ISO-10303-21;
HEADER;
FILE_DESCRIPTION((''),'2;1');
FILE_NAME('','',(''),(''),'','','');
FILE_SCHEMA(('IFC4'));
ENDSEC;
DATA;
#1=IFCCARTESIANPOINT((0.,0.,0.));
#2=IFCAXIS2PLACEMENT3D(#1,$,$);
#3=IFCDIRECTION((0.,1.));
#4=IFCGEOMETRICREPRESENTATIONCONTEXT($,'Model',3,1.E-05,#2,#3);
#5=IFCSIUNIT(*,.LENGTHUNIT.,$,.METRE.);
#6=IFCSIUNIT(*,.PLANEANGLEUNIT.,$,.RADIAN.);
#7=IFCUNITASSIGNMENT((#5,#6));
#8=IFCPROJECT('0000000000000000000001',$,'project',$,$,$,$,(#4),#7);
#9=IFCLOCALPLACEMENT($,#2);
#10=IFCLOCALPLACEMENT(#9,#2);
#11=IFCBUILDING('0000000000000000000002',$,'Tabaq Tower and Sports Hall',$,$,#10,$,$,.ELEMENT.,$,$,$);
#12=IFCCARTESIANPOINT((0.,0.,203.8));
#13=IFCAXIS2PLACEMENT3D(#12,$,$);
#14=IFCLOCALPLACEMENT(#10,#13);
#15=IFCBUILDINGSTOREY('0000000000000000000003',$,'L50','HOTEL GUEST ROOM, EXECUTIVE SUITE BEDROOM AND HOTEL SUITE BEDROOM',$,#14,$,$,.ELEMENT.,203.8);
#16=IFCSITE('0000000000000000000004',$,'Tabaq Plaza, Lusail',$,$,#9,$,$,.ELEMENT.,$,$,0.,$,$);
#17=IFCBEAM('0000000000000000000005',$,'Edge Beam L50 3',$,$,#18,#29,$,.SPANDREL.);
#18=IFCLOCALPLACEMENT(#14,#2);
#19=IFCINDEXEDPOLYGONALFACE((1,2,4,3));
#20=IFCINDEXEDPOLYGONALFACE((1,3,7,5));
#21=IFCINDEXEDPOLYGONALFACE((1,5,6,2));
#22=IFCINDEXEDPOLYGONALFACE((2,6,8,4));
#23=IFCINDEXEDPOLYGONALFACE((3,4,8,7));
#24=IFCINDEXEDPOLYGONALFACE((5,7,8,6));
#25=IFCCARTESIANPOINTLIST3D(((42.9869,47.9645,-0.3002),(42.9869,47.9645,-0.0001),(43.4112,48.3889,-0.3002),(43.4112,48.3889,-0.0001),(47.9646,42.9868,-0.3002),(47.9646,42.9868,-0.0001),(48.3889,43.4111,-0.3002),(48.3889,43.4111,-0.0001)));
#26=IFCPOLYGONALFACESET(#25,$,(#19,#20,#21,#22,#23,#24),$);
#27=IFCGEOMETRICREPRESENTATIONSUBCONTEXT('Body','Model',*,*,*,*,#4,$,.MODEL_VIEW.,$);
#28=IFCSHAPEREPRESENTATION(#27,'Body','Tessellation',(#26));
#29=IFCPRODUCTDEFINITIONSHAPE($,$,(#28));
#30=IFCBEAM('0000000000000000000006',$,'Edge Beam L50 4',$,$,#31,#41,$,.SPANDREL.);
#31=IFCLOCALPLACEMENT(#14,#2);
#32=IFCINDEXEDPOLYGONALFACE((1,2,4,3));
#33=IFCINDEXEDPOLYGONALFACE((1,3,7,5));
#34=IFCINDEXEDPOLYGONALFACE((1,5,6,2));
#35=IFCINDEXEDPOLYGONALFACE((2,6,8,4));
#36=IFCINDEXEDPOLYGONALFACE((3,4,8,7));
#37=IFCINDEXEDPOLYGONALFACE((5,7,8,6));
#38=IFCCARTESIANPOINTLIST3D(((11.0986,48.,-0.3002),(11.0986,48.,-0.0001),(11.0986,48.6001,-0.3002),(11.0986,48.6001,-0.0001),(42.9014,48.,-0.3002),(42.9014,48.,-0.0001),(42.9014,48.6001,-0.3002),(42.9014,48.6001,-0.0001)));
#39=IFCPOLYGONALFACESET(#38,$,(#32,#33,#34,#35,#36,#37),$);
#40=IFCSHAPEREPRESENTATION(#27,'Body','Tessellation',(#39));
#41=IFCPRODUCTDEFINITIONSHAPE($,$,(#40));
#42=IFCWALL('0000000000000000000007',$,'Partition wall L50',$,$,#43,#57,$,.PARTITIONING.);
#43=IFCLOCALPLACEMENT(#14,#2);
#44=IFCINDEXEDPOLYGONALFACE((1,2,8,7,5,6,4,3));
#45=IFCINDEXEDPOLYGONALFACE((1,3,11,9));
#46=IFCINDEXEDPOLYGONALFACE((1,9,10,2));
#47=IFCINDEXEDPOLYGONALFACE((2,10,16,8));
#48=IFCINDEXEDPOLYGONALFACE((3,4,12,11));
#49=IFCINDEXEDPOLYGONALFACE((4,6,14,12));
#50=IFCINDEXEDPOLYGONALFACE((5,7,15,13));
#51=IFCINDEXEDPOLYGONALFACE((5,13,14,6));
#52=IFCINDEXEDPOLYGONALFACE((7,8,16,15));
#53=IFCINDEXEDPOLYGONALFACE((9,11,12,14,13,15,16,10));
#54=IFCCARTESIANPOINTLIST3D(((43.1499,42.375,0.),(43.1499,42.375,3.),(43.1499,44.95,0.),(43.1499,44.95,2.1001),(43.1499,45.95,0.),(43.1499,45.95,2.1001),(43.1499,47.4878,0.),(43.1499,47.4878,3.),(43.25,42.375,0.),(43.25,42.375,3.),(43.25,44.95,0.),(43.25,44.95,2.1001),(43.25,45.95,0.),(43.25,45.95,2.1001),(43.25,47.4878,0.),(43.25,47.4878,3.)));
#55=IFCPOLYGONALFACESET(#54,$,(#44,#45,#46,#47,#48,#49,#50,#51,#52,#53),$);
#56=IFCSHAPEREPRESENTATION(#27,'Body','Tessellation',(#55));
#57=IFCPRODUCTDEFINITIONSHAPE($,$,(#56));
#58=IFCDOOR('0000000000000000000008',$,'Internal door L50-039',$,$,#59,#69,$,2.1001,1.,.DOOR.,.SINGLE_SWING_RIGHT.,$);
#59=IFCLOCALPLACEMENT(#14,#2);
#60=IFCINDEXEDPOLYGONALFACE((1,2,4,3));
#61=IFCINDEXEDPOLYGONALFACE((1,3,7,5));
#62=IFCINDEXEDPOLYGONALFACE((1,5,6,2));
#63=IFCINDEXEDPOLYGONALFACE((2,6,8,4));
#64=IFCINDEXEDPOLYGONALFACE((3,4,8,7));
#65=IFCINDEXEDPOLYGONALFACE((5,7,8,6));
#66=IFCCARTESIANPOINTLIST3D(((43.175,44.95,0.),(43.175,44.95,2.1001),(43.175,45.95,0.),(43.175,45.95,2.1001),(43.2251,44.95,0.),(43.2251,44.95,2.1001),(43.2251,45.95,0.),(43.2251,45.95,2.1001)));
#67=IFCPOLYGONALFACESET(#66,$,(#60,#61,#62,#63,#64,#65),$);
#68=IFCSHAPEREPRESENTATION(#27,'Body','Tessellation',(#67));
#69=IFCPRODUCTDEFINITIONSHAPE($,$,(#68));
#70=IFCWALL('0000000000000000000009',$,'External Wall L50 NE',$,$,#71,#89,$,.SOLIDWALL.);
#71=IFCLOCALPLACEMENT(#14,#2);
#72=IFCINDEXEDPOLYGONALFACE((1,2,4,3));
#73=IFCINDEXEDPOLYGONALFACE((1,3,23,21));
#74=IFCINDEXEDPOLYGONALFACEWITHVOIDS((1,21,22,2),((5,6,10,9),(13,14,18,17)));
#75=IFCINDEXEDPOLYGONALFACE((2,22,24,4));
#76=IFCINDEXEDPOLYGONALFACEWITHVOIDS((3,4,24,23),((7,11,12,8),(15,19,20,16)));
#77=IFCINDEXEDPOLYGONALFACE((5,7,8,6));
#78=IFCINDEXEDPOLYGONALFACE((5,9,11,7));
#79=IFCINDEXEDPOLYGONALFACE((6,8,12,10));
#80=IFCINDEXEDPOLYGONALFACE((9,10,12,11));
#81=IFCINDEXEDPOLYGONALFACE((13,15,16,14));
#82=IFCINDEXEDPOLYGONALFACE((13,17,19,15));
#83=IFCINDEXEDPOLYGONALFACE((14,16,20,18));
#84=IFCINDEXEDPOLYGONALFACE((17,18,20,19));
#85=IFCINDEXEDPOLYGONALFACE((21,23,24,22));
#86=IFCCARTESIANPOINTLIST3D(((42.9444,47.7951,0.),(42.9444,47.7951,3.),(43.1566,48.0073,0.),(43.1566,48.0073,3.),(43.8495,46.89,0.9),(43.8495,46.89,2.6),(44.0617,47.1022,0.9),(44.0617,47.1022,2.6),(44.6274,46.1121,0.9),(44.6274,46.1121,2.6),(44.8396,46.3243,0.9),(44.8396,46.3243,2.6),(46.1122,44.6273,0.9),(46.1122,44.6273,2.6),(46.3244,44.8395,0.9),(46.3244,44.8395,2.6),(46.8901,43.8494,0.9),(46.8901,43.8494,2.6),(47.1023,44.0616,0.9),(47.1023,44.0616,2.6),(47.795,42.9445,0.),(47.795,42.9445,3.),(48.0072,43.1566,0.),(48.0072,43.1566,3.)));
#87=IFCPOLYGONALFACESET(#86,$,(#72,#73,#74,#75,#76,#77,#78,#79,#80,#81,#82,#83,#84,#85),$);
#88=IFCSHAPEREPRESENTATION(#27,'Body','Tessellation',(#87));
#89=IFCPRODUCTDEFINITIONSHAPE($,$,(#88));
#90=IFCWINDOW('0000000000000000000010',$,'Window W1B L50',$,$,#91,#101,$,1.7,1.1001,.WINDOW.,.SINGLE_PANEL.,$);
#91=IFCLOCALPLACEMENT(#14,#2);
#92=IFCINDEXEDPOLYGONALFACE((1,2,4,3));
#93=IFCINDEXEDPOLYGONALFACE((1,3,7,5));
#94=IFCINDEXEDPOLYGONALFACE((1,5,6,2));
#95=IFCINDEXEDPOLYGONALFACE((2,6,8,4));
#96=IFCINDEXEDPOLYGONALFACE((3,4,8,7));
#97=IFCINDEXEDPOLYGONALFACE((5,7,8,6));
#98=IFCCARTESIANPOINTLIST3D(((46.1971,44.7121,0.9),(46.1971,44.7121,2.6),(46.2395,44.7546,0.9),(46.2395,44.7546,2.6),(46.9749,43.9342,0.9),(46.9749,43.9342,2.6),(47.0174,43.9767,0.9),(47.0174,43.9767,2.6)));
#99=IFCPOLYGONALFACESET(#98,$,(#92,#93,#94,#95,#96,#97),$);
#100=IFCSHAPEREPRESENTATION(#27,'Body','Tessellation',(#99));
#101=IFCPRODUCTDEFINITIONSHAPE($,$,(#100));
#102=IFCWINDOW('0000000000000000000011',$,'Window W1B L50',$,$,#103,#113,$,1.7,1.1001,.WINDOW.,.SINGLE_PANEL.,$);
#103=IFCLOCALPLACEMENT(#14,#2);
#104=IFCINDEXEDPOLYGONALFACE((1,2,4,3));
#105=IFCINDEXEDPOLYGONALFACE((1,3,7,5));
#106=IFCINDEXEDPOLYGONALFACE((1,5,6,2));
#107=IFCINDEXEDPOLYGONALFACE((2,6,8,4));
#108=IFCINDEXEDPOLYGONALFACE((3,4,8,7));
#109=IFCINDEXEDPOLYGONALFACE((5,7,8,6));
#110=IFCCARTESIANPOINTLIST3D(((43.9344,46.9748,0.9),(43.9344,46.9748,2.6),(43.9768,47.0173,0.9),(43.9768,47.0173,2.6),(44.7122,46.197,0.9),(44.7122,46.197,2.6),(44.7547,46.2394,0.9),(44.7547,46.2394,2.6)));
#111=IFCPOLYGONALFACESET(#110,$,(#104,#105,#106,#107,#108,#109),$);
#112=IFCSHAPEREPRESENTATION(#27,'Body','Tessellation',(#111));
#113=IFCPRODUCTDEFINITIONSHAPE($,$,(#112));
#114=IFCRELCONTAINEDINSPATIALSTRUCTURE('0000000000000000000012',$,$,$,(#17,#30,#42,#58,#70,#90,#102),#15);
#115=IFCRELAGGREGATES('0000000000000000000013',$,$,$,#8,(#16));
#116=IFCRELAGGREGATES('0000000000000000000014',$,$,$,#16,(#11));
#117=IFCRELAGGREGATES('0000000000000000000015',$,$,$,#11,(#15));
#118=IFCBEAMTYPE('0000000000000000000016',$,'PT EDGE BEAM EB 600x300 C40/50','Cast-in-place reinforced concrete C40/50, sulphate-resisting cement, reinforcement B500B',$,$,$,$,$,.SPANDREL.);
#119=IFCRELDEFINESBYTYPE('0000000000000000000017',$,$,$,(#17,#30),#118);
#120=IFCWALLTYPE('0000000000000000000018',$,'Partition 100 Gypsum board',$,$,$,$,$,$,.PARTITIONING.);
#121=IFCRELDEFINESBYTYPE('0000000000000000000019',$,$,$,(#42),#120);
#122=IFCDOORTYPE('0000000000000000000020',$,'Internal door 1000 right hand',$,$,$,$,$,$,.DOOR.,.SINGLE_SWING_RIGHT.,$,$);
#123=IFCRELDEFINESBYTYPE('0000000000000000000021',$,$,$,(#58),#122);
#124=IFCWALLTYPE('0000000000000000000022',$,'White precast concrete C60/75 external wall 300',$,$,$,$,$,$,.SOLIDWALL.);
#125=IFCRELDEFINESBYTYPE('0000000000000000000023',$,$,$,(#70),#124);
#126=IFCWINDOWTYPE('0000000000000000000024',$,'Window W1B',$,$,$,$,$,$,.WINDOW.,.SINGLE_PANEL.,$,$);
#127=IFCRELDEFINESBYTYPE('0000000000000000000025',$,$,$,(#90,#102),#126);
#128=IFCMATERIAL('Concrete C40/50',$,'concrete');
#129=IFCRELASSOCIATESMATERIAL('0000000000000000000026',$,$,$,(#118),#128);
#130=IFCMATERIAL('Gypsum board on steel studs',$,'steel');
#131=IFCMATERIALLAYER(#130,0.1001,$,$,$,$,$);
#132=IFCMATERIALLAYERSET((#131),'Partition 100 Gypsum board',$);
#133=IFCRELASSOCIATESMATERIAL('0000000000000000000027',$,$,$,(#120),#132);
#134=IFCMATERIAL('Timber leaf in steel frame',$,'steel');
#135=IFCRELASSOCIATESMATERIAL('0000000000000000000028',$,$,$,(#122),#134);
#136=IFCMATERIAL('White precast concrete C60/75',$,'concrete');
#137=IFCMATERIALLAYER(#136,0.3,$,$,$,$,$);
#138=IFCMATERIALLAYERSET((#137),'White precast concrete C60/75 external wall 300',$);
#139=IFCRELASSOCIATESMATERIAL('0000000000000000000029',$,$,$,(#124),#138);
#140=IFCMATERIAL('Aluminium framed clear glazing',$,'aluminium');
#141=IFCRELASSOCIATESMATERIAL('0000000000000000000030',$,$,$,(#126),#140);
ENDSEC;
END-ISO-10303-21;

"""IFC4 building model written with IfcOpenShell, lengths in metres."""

from ifc_helpers import new_model, si_unit, direction, frame, frame_2d, origin, origin_2d, place, context, subcontext, project, spatial, rectangle, extrude, material, layer, layer_set, material_profile, profile_set, type_object, element, fill, save


model = new_model("IFC4")

# Units and contexts
model_context = context("Model", 3, precision=1e-05, world=origin(), true_north=direction((0.0, 1.0)))
body_context = subcontext(model_context, "Body", "Model", "MODEL_VIEW")
ifc_project = project(units=[si_unit("LENGTHUNIT", "METRE"), si_unit("PLANEANGLEUNIT", "RADIAN")], contexts=[model_context])

# Site, building, storey
site_placement = place(None, origin())
site = spatial("IfcSite", under=ifc_project, at=site_placement, Name="Tabaq Plaza, Lusail", CompositionType="ELEMENT", RefElevation=0.0)
building_placement = place(site_placement, origin())
building = spatial("IfcBuilding", under=site, at=building_placement, Name="Tabaq Tower and Sports Hall", CompositionType="ELEMENT")
storey_placement = place(building_placement, frame((0.0, 0.0, 203.8)))
storey = spatial("IfcBuildingStorey", under=building, at=storey_placement, Name="L50", Description="HOTEL GUEST ROOM, EXECUTIVE SUITE BEDROOM AND HOTEL SUITE BEDROOM", CompositionType="ELEMENT", Elevation=203.8)

# Beams
ifc_material_1 = material(Name="Concrete C40/50", Category="concrete")
ifc_material_profile = material_profile(ifc_material_1, rectangle(XDim=0.6001, YDim=0.3, at=origin_2d()), Name="EB 600x300")
ifc_profile_set = profile_set([ifc_material_profile], Name="Concrete C40/50")
beam_type = type_object("IfcBeamType", Name="PT EDGE BEAM EB 600x300 C40/50", Description="Cast-in-place reinforced concrete C40/50, sulphate-resisting cement, reinforcement B500B", PredefinedType="SPANDREL", material=ifc_profile_set)
beam_1_placement = place(storey_placement, frame((48.1768, 43.199, -0.1501), z_axis=(-0.707107, 0.707107, 0.0), x_axis=(-0.707107, -0.707107, 0.0)))
element("IfcBeam", 1, at=beam_1_placement, inside=storey, type_object=beam_type, Name="Edge Beam L50 3", PredefinedType="SPANDREL", context=body_context, shape_type="SweptSolid", body=[
    extrude(rectangle(XDim=0.6001, YDim=0.3, at=origin_2d()), origin(), (0.0, 0.0, 1.0), 7.0396),
])
beam_2_placement = place(storey_placement, frame((42.9014, 48.3, -0.1501), z_axis=(-1.0, 0.0, 0.0), x_axis=(0.0, -1.0, 0.0)))
element("IfcBeam", 2, at=beam_2_placement, inside=storey, type_object=beam_type, Name="Edge Beam L50 4", PredefinedType="SPANDREL", context=body_context, shape_type="SweptSolid", body=[
    extrude(rectangle(XDim=0.6001, YDim=0.3, at=origin_2d()), origin(), (0.0, 0.0, 1.0), 31.8027),
])

# Wall, opening, door
ifc_material_2 = material(Name="Gypsum board on steel studs", Category="steel")
ifc_layer_1 = layer(ifc_material_2, 0.1001)
ifc_layer_set_1 = layer_set([ifc_layer_1], Name="Partition 100 Gypsum board")
wall_type_1 = type_object("IfcWallType", Name="Partition 100 Gypsum board", PredefinedType="PARTITIONING", material=ifc_layer_set_1)
wall_1_placement = place(storey_placement, frame((43.2, 42.375, 0.0), z_axis=(0.0, 0.0, 1.0), x_axis=(0.0, 1.0, 0.0)))
wall_1 = element("IfcWall", 3, at=wall_1_placement, inside=storey, type_object=wall_type_1, Name="Partition wall L50", PredefinedType="PARTITIONING", context=body_context, shape_type="SweptSolid", body=[
    extrude(rectangle(XDim=5.1128, YDim=0.1001, at=frame_2d((2.5564, 0.0))), origin(), (0.0, 0.0, 1.0), 3.0),
])
opening_1_placement = place(wall_1_placement, frame((2.575, 0.0, 0.0)))
opening_1 = element("IfcOpeningElement", 4, at=opening_1_placement, cuts=wall_1, PredefinedType="OPENING", context=body_context, shape_type="SweptSolid", body=[
    extrude(rectangle(XDim=1.0, YDim=2.1001, at=frame_2d((0.5, 1.05))), frame((0.0, 0.05, 0.0), z_axis=(0.0, -1.0, 0.0), x_axis=(1.0, 0.0, 0.0)), (0.0, 0.0, 1.0), 0.1001),
])
ifc_material_3 = material(Name="Timber leaf in steel frame", Category="steel")
door_type = type_object("IfcDoorType", Name="Internal door 1000 right hand", OperationType="SINGLE_SWING_RIGHT", PredefinedType="DOOR", material=ifc_material_3)
door_placement = place(opening_1_placement, origin())
door = element("IfcDoor", 5, at=door_placement, inside=storey, type_object=door_type, Name="Internal door L50-039", OperationType="SINGLE_SWING_RIGHT", OverallHeight=2.1001, OverallWidth=1.0, PredefinedType="DOOR", context=body_context, shape_type="SweptSolid", body=[
    extrude(rectangle(XDim=1.0, YDim=2.1001, at=frame_2d((0.5, 1.05))), frame((0.0, 0.0249, 0.0), z_axis=(0.0, -1.0, 0.0), x_axis=(1.0, 0.0, 0.0)), (0.0, 0.0, 1.0), 0.05),
])
fill(opening_1, door)

# Wall, openings, windows
ifc_material_4 = material(Name="White precast concrete C60/75", Category="concrete")
ifc_layer_2 = layer(ifc_material_4, 0.3)
ifc_layer_set_2 = layer_set([ifc_layer_2], Name="White precast concrete C60/75 external wall 300")
wall_type_2 = type_object("IfcWallType", Name="White precast concrete C60/75 external wall 300", PredefinedType="SOLIDWALL", material=ifc_layer_set_2)
wall_2_placement = place(storey_placement, frame((47.9011, 43.0505, 0.0), z_axis=(0.0, 0.0, 1.0), x_axis=(-0.707107, 0.707107, 0.0)))
wall_2 = element("IfcWall", 6, at=wall_2_placement, inside=storey, type_object=wall_type_2, Name="External Wall L50 NE", PredefinedType="SOLIDWALL", context=body_context, shape_type="SweptSolid", body=[
    extrude(rectangle(XDim=6.8599, YDim=0.3, at=frame_2d((3.4299, 0.0))), origin(), (0.0, 0.0, 1.0), 3.0),
])
opening_2_placement = place(wall_2_placement, frame((1.2798, 0.0, 0.8999)))
opening_2 = element("IfcOpeningElement", 7, at=opening_2_placement, cuts=wall_2, PredefinedType="OPENING", context=body_context, shape_type="SweptSolid", body=[
    extrude(rectangle(XDim=1.1001, YDim=1.7, at=frame_2d((0.55, 0.8501))), frame((0.0, 0.1602, 0.0), z_axis=(0.0, -1.0, 0.0), x_axis=(1.0, 0.0, 0.0)), (0.0, 0.0, 1.0), 0.3201),
])
opening_3_placement = place(wall_2_placement, frame((4.4797, 0.0, 0.8999)))
opening_3 = element("IfcOpeningElement", 8, at=opening_3_placement, cuts=wall_2, PredefinedType="OPENING", context=body_context, shape_type="SweptSolid", body=[
    extrude(rectangle(XDim=1.1001, YDim=1.7, at=frame_2d((0.55, 0.8501))), frame((0.0, 0.1602, 0.0), z_axis=(0.0, -1.0, 0.0), x_axis=(1.0, 0.0, 0.0)), (0.0, 0.0, 1.0), 0.3201),
])
ifc_material_5 = material(Name="Aluminium framed clear glazing", Category="aluminium")
window_type_1 = type_object("IfcWindowType", Name="Window W1B", PartitioningType="SINGLE_PANEL", PredefinedType="WINDOW", material=ifc_material_5)
window_1_placement = place(opening_2_placement, origin())
window_1 = element("IfcWindow", 9, at=window_1_placement, inside=storey, type_object=window_type_1, Name="Window W1B L50", OverallHeight=1.7, OverallWidth=1.1001, PartitioningType="SINGLE_PANEL", PredefinedType="WINDOW", context=body_context, shape_type="SweptSolid", body=[
    extrude(rectangle(XDim=1.1001, YDim=1.7, at=frame_2d((0.55, 0.8501))), frame((0.0, 0.03, 0.0), z_axis=(0.0, -1.0, 0.0), x_axis=(1.0, 0.0, 0.0)), (0.0, 0.0, 1.0), 0.0601),
])
fill(opening_2, window_1)
window_2_placement = place(opening_3_placement, origin())
window_2 = element("IfcWindow", 10, at=window_2_placement, inside=storey, type_object=window_type_1, Name="Window W1B L50", OverallHeight=1.7, OverallWidth=1.1001, PartitioningType="SINGLE_PANEL", PredefinedType="WINDOW", context=body_context, shape_type="SweptSolid", body=[
    extrude(rectangle(XDim=1.1001, YDim=1.7, at=frame_2d((0.55, 0.8501))), frame((0.0, 0.03, 0.0), z_axis=(0.0, -1.0, 0.0), x_axis=(1.0, 0.0, 0.0)), (0.0, 0.0, 1.0), 0.0601),
])
fill(opening_3, window_2)

save(model, "model.ifc")
